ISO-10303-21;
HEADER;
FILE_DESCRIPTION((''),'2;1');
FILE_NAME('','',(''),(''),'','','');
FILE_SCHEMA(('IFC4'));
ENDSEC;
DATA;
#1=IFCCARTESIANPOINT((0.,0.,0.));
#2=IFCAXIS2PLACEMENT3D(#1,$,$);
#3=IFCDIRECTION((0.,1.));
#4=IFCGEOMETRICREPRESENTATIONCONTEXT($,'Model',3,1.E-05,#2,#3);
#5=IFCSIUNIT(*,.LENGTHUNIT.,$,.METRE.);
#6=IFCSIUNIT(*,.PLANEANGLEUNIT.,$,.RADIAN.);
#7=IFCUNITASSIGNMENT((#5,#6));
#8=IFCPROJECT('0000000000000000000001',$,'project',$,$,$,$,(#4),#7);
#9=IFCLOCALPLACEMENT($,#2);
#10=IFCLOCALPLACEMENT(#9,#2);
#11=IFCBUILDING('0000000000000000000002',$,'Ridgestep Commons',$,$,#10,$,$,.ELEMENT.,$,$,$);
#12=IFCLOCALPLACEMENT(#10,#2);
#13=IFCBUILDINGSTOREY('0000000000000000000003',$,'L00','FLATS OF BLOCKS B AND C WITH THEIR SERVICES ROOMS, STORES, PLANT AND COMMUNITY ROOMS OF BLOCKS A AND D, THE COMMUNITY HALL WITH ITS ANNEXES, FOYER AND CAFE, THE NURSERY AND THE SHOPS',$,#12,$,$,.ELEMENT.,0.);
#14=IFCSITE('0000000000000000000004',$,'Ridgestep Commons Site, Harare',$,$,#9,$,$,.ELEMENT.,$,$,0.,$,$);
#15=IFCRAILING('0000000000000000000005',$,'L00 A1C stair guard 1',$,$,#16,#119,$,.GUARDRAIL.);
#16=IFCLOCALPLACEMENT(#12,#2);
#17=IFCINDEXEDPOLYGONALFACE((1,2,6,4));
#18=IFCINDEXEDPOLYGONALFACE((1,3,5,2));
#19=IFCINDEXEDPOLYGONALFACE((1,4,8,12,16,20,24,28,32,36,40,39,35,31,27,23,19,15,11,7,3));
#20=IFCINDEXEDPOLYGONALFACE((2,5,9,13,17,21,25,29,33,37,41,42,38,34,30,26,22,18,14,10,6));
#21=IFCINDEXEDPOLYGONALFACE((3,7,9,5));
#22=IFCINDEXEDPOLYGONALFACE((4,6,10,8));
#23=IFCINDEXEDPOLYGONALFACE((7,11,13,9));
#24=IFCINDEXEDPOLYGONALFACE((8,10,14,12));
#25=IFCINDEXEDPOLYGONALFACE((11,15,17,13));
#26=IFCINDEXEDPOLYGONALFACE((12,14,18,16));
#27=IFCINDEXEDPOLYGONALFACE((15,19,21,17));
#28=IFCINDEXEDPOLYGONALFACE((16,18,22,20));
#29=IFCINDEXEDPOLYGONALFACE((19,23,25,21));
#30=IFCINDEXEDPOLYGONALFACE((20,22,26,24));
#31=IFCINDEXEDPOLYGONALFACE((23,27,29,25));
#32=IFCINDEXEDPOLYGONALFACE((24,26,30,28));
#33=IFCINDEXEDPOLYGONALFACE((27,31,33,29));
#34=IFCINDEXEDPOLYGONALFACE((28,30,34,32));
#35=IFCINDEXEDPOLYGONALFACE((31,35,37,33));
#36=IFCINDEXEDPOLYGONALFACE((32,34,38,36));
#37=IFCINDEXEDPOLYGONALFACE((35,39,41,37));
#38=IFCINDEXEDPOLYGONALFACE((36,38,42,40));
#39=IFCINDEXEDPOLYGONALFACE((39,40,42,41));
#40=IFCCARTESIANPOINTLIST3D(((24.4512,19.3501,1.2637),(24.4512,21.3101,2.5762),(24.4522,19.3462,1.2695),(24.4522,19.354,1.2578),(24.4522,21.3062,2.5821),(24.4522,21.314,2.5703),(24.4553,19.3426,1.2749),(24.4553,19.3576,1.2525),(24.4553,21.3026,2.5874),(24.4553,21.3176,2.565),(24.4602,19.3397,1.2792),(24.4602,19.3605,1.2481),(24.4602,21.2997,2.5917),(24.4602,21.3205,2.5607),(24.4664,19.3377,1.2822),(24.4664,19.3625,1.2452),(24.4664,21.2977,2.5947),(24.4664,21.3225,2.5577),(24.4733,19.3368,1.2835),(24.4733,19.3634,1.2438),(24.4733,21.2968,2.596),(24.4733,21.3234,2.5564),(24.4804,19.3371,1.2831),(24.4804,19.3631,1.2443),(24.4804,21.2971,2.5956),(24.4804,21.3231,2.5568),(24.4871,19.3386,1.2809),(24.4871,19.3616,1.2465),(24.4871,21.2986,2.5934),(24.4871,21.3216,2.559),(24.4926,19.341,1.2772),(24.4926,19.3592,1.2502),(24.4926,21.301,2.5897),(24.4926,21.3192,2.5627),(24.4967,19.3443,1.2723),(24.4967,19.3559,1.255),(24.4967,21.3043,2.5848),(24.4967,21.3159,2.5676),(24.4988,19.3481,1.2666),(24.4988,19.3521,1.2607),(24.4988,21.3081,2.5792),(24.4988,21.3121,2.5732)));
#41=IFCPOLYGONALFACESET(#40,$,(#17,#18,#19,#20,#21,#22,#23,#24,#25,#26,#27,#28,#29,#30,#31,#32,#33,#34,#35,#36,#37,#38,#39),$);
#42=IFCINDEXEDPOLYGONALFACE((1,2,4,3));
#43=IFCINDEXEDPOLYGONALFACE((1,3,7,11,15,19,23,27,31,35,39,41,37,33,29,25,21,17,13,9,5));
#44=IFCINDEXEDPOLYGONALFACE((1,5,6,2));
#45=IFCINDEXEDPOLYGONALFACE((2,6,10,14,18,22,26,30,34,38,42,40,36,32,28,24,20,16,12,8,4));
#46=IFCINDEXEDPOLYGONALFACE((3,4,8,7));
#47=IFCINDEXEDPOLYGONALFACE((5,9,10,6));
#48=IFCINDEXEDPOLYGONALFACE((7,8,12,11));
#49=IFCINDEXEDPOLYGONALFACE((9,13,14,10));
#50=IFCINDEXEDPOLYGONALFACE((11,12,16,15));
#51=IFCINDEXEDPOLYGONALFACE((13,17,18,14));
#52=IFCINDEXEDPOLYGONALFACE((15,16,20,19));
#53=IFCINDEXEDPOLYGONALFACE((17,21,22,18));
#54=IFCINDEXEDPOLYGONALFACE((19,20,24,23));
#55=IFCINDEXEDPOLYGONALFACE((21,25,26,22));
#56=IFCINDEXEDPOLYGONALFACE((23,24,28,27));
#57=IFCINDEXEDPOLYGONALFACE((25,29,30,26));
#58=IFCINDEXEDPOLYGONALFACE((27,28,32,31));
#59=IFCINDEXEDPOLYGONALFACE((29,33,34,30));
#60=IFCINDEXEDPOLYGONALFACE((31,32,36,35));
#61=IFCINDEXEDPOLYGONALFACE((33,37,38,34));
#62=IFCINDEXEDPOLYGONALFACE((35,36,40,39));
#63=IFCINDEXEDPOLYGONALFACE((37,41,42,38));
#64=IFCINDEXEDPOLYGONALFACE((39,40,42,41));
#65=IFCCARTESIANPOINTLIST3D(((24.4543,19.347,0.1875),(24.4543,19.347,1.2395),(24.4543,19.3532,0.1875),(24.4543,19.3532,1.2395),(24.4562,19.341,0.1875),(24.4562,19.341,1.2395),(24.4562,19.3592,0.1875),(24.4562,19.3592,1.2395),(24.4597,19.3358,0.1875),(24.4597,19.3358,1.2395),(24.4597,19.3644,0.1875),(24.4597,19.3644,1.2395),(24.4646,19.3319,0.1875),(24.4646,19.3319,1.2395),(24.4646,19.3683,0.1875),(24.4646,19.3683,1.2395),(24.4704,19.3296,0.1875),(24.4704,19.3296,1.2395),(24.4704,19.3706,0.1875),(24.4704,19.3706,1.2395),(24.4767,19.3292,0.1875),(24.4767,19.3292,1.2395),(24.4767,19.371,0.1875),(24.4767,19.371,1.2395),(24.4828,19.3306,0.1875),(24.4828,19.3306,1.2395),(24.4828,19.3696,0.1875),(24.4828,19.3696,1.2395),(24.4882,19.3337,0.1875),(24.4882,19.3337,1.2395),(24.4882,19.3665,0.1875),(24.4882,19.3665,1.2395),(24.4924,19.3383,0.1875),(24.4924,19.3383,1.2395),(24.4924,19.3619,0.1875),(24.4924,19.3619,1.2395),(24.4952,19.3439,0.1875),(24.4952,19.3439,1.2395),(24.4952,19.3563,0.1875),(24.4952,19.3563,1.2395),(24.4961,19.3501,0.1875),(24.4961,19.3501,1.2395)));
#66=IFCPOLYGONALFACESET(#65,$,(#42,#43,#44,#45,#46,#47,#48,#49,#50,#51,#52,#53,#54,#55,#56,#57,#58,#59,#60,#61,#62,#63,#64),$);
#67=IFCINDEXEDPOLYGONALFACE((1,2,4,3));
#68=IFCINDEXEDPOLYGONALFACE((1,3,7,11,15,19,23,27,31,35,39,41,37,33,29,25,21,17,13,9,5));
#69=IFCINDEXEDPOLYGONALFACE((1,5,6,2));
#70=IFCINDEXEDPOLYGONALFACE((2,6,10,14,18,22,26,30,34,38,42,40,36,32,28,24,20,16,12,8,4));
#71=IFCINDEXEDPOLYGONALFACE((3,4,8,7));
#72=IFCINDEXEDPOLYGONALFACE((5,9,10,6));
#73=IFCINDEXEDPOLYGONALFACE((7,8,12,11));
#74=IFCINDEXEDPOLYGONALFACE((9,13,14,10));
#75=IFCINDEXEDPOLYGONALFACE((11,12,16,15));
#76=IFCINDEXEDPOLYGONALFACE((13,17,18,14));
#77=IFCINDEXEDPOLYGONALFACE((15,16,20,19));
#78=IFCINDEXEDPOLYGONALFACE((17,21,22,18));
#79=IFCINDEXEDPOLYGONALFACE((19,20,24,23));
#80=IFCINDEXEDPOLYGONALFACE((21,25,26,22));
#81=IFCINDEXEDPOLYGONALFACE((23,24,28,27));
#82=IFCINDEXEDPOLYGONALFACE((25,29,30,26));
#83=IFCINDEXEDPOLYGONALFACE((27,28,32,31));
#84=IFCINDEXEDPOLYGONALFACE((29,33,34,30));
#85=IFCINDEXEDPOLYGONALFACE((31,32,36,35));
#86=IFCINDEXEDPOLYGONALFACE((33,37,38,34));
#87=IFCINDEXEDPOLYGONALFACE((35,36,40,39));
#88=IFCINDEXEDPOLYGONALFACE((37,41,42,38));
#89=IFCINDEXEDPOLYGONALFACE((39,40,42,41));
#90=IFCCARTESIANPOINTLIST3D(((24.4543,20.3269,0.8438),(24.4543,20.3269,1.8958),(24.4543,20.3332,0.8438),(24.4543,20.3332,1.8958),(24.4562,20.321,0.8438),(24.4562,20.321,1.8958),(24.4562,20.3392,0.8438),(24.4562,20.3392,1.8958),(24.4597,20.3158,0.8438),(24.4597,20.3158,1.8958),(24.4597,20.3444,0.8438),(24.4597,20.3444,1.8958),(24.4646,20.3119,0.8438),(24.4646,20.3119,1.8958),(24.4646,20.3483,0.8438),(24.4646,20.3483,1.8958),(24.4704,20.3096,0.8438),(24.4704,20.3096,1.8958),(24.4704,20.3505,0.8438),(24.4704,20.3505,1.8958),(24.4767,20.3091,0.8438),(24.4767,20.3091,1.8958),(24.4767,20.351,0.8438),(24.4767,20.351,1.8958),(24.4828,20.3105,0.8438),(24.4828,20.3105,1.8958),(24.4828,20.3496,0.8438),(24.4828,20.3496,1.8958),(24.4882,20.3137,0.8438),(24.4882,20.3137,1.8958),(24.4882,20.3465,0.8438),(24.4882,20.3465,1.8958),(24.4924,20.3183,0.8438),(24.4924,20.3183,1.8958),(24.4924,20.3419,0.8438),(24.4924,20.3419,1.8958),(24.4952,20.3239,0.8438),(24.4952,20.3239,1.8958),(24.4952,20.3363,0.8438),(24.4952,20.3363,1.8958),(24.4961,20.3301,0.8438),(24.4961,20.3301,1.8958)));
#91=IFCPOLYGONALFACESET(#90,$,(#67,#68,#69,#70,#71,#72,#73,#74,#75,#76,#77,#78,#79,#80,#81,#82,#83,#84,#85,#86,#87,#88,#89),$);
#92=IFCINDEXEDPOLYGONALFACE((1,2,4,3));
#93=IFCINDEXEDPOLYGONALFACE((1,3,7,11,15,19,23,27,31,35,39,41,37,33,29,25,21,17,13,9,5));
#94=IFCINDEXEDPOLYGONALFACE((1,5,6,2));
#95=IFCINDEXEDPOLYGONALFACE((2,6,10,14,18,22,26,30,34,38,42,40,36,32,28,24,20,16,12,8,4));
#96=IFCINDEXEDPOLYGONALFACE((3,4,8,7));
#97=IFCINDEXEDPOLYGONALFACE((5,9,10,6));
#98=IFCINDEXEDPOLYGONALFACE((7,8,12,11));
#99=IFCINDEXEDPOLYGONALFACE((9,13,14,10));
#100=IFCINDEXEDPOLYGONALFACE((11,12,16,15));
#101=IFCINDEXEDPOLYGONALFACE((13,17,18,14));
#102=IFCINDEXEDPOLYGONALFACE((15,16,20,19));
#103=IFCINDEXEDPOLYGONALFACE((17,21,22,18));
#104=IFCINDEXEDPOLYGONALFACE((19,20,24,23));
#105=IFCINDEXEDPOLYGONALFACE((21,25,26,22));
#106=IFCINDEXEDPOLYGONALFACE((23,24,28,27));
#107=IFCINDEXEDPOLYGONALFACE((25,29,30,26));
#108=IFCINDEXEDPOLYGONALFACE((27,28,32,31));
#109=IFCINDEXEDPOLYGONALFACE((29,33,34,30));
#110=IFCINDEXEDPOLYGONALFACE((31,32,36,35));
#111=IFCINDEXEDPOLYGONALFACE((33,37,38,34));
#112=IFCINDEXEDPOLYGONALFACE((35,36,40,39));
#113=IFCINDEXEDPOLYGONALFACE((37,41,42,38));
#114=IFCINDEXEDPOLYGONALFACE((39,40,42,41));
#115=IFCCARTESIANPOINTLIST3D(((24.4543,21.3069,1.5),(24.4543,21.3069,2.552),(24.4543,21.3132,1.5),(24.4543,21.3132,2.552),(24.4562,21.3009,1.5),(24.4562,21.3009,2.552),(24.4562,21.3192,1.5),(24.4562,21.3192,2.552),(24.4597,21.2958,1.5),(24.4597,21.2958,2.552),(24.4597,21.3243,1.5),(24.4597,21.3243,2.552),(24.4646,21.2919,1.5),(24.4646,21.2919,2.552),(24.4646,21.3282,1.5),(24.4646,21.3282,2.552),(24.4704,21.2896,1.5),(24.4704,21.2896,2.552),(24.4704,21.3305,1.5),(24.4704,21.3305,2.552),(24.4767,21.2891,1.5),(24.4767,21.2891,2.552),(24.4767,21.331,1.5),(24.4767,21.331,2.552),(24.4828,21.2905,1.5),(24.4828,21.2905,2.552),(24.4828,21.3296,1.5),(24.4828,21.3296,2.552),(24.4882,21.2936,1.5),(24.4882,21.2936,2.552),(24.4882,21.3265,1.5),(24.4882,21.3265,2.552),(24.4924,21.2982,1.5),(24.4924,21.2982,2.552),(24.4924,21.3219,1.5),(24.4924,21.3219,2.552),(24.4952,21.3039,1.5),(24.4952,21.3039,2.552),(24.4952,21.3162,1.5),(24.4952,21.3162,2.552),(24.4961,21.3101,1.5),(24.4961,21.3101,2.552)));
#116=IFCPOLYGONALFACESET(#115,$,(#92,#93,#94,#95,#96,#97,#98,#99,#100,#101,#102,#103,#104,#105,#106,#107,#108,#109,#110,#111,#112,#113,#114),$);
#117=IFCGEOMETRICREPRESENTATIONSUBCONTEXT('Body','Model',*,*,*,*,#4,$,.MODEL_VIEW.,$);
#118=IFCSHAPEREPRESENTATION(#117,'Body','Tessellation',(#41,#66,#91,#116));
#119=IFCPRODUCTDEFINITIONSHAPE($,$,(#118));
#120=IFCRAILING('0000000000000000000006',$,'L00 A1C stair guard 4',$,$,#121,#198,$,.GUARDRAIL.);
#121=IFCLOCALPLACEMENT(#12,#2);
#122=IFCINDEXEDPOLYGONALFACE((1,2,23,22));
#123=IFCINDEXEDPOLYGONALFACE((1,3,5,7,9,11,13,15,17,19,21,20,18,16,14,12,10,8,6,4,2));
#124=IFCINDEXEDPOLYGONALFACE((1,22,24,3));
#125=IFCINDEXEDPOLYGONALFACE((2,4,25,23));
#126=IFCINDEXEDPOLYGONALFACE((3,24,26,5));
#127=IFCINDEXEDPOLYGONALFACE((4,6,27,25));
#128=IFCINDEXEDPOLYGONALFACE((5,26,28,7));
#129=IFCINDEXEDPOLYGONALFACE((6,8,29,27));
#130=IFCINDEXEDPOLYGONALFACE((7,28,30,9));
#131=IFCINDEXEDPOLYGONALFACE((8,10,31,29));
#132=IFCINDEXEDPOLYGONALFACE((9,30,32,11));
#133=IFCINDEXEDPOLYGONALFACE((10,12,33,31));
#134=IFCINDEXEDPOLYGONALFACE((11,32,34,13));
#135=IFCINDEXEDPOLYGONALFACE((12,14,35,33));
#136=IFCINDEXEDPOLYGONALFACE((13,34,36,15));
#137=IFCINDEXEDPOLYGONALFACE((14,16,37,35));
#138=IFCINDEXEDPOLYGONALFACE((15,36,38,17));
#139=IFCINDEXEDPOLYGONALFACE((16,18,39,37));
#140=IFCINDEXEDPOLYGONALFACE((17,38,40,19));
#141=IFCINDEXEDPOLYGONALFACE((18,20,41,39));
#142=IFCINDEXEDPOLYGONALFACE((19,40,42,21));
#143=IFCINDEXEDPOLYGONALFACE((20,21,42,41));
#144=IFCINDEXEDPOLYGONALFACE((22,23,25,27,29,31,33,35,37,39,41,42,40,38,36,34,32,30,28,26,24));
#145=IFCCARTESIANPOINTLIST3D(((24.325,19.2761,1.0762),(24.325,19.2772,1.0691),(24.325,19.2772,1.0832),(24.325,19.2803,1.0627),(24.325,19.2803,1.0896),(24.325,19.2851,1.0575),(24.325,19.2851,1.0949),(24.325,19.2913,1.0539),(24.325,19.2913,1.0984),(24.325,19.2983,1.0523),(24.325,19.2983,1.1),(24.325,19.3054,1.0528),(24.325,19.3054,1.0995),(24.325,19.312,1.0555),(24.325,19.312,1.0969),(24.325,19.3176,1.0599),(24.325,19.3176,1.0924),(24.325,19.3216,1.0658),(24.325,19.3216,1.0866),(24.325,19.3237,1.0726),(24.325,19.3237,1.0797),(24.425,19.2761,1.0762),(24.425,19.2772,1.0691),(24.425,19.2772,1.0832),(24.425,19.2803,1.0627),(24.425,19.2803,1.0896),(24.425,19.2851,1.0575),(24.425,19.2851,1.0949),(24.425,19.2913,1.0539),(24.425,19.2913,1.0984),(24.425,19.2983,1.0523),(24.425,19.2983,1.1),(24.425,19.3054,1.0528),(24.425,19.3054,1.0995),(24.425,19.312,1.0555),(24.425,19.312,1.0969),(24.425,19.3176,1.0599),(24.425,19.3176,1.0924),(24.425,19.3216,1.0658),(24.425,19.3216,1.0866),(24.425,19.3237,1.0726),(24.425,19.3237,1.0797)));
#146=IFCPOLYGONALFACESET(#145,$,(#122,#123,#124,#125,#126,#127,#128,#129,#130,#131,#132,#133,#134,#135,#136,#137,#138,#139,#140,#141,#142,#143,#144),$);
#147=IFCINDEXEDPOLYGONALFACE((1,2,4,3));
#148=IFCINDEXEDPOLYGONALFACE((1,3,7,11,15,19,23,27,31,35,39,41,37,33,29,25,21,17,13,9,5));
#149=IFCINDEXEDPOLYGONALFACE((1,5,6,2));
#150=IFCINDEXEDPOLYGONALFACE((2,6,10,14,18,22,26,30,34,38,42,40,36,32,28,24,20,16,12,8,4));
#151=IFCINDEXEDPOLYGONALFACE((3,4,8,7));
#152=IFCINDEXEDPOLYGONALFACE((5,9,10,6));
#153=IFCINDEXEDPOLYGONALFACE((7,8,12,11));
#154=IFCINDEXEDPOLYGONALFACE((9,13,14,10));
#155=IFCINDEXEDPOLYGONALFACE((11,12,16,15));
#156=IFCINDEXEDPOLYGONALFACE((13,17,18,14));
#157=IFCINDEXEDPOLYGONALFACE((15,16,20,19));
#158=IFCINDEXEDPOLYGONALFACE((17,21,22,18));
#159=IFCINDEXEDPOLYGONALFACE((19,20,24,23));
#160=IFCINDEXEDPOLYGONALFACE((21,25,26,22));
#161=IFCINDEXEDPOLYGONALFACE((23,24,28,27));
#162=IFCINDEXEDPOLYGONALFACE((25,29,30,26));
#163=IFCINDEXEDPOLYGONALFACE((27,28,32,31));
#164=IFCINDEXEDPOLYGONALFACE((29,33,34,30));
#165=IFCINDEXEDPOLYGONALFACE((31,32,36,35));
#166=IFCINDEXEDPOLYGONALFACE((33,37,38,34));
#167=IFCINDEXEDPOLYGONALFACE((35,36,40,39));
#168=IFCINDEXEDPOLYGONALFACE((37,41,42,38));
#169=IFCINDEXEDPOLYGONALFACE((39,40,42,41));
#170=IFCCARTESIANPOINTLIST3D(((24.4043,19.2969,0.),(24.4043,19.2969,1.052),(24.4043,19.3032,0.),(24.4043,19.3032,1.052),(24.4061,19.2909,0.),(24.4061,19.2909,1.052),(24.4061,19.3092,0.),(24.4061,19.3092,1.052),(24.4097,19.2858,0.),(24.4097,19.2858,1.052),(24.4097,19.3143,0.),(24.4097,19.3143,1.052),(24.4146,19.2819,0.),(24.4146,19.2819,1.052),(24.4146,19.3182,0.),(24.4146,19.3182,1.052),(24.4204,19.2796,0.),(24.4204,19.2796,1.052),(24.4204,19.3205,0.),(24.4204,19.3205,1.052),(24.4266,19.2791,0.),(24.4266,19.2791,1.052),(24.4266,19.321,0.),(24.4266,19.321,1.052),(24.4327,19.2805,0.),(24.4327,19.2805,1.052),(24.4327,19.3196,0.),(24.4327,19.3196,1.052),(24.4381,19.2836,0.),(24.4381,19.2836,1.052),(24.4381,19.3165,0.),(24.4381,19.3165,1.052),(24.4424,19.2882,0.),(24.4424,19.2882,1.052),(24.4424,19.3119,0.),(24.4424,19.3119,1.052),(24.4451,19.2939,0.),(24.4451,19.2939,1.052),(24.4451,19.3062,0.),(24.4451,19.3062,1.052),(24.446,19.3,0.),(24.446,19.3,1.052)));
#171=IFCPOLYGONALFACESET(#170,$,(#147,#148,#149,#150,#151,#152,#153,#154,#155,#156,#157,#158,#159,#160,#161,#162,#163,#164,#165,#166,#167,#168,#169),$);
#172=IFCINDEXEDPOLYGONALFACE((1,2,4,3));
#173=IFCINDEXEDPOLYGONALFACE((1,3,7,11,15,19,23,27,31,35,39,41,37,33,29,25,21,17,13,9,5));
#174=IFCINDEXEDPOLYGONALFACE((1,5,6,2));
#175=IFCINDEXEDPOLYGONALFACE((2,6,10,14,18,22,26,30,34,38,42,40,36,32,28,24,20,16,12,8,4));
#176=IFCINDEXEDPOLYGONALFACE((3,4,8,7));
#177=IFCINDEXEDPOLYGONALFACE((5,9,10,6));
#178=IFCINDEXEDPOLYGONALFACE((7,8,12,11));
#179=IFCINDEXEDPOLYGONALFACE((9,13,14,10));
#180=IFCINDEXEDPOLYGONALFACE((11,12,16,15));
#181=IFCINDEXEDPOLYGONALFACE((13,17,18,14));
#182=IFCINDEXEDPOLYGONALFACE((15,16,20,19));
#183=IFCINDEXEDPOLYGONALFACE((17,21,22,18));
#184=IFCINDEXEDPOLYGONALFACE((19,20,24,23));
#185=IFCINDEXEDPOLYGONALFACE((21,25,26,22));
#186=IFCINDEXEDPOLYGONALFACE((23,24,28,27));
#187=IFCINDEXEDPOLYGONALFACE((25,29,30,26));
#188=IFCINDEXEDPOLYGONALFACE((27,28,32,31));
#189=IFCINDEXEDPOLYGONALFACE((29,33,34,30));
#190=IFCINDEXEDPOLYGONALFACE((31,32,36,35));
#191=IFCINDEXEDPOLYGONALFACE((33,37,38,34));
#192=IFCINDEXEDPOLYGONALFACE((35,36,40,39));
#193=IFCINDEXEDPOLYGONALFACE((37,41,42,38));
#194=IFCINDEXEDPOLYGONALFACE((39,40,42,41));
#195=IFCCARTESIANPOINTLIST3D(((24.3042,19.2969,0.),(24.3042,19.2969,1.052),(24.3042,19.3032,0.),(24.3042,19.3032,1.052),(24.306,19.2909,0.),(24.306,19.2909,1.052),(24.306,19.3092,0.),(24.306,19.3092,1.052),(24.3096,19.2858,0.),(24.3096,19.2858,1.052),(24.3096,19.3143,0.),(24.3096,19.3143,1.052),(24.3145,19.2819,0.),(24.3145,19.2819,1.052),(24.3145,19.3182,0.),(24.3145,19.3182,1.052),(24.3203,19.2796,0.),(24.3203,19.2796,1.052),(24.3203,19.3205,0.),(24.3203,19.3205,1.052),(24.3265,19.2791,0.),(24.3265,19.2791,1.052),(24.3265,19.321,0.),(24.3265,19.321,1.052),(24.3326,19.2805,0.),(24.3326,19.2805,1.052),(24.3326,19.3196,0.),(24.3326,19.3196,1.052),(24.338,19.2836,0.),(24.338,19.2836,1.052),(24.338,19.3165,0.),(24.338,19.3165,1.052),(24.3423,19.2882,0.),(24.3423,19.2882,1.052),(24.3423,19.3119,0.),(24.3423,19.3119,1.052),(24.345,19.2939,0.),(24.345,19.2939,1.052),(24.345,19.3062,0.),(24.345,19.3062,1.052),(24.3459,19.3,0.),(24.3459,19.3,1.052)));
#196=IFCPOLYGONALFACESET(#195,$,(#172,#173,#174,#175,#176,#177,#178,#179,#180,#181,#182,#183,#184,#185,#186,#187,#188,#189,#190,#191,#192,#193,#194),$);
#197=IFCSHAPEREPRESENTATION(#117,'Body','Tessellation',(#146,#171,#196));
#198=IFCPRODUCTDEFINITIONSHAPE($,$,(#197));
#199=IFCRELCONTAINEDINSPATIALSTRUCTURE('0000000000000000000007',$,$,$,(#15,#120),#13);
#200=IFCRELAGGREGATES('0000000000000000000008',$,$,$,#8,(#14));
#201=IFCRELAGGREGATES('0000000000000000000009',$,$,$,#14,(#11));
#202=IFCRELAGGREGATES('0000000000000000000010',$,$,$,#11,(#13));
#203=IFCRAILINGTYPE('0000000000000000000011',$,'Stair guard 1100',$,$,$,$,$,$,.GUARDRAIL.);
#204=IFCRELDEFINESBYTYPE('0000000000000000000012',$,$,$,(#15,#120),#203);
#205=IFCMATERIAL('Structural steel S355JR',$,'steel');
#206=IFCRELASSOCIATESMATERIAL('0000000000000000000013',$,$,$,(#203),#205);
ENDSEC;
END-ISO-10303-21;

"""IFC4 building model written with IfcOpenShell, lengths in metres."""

from ifc_helpers import new_model, si_unit, direction, frame, origin, origin_2d, place, context, subcontext, project, spatial, circle, extrude, material, type_object, element, save


model = new_model("IFC4")

# Units and contexts
model_context = context("Model", 3, precision=1e-05, world=origin(), true_north=direction((0.0, 1.0)))
body_context = subcontext(model_context, "Body", "Model", "MODEL_VIEW")
ifc_project = project(units=[si_unit("LENGTHUNIT", "METRE"), si_unit("PLANEANGLEUNIT", "RADIAN")], contexts=[model_context])

# Site, building, storey
site_placement = place(None, origin())
site = spatial("IfcSite", under=ifc_project, at=site_placement, Name="Ridgestep Commons Site, Harare", CompositionType="ELEMENT", RefElevation=0.0)
building_placement = place(site_placement, origin())
building = spatial("IfcBuilding", under=site, at=building_placement, Name="Ridgestep Commons", CompositionType="ELEMENT")
storey_placement = place(building_placement, origin())
storey = spatial("IfcBuildingStorey", under=building, at=storey_placement, Name="L00", Description="FLATS OF BLOCKS B AND C WITH THEIR SERVICES ROOMS, STORES, PLANT AND COMMUNITY ROOMS OF BLOCKS A AND D, THE COMMUNITY HALL WITH ITS ANNEXES, FOYER AND CAFE, THE NURSERY AND THE SHOPS", CompositionType="ELEMENT", Elevation=0.0)

# Railings
ifc_material_1 = material(Name="Structural steel S355JR", Category="steel")
railing_type_1 = type_object("IfcRailingType", Name="Stair guard 1100", PredefinedType="GUARDRAIL", material=ifc_material_1)
railing_1_placement = place(storey_placement, frame((24.4751, 19.3501, 0.1875)))
element("IfcRailing", 1, at=railing_1_placement, inside=storey, type_object=railing_type_1, Name="L00 A1C stair guard 1", PredefinedType="GUARDRAIL", context=body_context, shape_type="SweptSolid", body=[
    extrude(circle(Radius=0.0239, at=origin_2d()), frame((0.0, 0.0, 1.0762), z_axis=(0.0, 0.830902, 0.556419), x_axis=(-1.0, 0.0, 0.0)), (0.0, 0.0, 1.0), 2.3589),
    extrude(circle(Radius=0.021, at=origin_2d()), origin(), (0.0, 0.0, 1.0), 1.052),
    extrude(circle(Radius=0.021, at=origin_2d()), frame((0.0, 0.98, 0.6562)), (0.0, 0.0, 1.0), 1.052),
    extrude(circle(Radius=0.021, at=origin_2d()), frame((0.0, 1.96, 1.3125)), (0.0, 0.0, 1.0), 1.052),
])
railing_2_placement = place(storey_placement, frame((24.425, 19.3, 0.0)))
element("IfcRailing", 2, at=railing_2_placement, inside=storey, type_object=railing_type_1, Name="L00 A1C stair guard 4", PredefinedType="GUARDRAIL", context=body_context, shape_type="SweptSolid", body=[
    extrude(circle(Radius=0.0239, at=origin_2d()), frame((0.0, 0.0, 1.0762), z_axis=(-1.0, 0.0, 0.0), x_axis=(0.0, -1.0, 0.0)), (0.0, 0.0, 1.0), 0.1001),
    extrude(circle(Radius=0.021, at=origin_2d()), origin(), (0.0, 0.0, 1.0), 1.052),
    extrude(circle(Radius=0.021, at=origin_2d()), frame((-0.1001, 0.0, 0.0)), (0.0, 0.0, 1.0), 1.052),
])

save(model, "model.ifc")
